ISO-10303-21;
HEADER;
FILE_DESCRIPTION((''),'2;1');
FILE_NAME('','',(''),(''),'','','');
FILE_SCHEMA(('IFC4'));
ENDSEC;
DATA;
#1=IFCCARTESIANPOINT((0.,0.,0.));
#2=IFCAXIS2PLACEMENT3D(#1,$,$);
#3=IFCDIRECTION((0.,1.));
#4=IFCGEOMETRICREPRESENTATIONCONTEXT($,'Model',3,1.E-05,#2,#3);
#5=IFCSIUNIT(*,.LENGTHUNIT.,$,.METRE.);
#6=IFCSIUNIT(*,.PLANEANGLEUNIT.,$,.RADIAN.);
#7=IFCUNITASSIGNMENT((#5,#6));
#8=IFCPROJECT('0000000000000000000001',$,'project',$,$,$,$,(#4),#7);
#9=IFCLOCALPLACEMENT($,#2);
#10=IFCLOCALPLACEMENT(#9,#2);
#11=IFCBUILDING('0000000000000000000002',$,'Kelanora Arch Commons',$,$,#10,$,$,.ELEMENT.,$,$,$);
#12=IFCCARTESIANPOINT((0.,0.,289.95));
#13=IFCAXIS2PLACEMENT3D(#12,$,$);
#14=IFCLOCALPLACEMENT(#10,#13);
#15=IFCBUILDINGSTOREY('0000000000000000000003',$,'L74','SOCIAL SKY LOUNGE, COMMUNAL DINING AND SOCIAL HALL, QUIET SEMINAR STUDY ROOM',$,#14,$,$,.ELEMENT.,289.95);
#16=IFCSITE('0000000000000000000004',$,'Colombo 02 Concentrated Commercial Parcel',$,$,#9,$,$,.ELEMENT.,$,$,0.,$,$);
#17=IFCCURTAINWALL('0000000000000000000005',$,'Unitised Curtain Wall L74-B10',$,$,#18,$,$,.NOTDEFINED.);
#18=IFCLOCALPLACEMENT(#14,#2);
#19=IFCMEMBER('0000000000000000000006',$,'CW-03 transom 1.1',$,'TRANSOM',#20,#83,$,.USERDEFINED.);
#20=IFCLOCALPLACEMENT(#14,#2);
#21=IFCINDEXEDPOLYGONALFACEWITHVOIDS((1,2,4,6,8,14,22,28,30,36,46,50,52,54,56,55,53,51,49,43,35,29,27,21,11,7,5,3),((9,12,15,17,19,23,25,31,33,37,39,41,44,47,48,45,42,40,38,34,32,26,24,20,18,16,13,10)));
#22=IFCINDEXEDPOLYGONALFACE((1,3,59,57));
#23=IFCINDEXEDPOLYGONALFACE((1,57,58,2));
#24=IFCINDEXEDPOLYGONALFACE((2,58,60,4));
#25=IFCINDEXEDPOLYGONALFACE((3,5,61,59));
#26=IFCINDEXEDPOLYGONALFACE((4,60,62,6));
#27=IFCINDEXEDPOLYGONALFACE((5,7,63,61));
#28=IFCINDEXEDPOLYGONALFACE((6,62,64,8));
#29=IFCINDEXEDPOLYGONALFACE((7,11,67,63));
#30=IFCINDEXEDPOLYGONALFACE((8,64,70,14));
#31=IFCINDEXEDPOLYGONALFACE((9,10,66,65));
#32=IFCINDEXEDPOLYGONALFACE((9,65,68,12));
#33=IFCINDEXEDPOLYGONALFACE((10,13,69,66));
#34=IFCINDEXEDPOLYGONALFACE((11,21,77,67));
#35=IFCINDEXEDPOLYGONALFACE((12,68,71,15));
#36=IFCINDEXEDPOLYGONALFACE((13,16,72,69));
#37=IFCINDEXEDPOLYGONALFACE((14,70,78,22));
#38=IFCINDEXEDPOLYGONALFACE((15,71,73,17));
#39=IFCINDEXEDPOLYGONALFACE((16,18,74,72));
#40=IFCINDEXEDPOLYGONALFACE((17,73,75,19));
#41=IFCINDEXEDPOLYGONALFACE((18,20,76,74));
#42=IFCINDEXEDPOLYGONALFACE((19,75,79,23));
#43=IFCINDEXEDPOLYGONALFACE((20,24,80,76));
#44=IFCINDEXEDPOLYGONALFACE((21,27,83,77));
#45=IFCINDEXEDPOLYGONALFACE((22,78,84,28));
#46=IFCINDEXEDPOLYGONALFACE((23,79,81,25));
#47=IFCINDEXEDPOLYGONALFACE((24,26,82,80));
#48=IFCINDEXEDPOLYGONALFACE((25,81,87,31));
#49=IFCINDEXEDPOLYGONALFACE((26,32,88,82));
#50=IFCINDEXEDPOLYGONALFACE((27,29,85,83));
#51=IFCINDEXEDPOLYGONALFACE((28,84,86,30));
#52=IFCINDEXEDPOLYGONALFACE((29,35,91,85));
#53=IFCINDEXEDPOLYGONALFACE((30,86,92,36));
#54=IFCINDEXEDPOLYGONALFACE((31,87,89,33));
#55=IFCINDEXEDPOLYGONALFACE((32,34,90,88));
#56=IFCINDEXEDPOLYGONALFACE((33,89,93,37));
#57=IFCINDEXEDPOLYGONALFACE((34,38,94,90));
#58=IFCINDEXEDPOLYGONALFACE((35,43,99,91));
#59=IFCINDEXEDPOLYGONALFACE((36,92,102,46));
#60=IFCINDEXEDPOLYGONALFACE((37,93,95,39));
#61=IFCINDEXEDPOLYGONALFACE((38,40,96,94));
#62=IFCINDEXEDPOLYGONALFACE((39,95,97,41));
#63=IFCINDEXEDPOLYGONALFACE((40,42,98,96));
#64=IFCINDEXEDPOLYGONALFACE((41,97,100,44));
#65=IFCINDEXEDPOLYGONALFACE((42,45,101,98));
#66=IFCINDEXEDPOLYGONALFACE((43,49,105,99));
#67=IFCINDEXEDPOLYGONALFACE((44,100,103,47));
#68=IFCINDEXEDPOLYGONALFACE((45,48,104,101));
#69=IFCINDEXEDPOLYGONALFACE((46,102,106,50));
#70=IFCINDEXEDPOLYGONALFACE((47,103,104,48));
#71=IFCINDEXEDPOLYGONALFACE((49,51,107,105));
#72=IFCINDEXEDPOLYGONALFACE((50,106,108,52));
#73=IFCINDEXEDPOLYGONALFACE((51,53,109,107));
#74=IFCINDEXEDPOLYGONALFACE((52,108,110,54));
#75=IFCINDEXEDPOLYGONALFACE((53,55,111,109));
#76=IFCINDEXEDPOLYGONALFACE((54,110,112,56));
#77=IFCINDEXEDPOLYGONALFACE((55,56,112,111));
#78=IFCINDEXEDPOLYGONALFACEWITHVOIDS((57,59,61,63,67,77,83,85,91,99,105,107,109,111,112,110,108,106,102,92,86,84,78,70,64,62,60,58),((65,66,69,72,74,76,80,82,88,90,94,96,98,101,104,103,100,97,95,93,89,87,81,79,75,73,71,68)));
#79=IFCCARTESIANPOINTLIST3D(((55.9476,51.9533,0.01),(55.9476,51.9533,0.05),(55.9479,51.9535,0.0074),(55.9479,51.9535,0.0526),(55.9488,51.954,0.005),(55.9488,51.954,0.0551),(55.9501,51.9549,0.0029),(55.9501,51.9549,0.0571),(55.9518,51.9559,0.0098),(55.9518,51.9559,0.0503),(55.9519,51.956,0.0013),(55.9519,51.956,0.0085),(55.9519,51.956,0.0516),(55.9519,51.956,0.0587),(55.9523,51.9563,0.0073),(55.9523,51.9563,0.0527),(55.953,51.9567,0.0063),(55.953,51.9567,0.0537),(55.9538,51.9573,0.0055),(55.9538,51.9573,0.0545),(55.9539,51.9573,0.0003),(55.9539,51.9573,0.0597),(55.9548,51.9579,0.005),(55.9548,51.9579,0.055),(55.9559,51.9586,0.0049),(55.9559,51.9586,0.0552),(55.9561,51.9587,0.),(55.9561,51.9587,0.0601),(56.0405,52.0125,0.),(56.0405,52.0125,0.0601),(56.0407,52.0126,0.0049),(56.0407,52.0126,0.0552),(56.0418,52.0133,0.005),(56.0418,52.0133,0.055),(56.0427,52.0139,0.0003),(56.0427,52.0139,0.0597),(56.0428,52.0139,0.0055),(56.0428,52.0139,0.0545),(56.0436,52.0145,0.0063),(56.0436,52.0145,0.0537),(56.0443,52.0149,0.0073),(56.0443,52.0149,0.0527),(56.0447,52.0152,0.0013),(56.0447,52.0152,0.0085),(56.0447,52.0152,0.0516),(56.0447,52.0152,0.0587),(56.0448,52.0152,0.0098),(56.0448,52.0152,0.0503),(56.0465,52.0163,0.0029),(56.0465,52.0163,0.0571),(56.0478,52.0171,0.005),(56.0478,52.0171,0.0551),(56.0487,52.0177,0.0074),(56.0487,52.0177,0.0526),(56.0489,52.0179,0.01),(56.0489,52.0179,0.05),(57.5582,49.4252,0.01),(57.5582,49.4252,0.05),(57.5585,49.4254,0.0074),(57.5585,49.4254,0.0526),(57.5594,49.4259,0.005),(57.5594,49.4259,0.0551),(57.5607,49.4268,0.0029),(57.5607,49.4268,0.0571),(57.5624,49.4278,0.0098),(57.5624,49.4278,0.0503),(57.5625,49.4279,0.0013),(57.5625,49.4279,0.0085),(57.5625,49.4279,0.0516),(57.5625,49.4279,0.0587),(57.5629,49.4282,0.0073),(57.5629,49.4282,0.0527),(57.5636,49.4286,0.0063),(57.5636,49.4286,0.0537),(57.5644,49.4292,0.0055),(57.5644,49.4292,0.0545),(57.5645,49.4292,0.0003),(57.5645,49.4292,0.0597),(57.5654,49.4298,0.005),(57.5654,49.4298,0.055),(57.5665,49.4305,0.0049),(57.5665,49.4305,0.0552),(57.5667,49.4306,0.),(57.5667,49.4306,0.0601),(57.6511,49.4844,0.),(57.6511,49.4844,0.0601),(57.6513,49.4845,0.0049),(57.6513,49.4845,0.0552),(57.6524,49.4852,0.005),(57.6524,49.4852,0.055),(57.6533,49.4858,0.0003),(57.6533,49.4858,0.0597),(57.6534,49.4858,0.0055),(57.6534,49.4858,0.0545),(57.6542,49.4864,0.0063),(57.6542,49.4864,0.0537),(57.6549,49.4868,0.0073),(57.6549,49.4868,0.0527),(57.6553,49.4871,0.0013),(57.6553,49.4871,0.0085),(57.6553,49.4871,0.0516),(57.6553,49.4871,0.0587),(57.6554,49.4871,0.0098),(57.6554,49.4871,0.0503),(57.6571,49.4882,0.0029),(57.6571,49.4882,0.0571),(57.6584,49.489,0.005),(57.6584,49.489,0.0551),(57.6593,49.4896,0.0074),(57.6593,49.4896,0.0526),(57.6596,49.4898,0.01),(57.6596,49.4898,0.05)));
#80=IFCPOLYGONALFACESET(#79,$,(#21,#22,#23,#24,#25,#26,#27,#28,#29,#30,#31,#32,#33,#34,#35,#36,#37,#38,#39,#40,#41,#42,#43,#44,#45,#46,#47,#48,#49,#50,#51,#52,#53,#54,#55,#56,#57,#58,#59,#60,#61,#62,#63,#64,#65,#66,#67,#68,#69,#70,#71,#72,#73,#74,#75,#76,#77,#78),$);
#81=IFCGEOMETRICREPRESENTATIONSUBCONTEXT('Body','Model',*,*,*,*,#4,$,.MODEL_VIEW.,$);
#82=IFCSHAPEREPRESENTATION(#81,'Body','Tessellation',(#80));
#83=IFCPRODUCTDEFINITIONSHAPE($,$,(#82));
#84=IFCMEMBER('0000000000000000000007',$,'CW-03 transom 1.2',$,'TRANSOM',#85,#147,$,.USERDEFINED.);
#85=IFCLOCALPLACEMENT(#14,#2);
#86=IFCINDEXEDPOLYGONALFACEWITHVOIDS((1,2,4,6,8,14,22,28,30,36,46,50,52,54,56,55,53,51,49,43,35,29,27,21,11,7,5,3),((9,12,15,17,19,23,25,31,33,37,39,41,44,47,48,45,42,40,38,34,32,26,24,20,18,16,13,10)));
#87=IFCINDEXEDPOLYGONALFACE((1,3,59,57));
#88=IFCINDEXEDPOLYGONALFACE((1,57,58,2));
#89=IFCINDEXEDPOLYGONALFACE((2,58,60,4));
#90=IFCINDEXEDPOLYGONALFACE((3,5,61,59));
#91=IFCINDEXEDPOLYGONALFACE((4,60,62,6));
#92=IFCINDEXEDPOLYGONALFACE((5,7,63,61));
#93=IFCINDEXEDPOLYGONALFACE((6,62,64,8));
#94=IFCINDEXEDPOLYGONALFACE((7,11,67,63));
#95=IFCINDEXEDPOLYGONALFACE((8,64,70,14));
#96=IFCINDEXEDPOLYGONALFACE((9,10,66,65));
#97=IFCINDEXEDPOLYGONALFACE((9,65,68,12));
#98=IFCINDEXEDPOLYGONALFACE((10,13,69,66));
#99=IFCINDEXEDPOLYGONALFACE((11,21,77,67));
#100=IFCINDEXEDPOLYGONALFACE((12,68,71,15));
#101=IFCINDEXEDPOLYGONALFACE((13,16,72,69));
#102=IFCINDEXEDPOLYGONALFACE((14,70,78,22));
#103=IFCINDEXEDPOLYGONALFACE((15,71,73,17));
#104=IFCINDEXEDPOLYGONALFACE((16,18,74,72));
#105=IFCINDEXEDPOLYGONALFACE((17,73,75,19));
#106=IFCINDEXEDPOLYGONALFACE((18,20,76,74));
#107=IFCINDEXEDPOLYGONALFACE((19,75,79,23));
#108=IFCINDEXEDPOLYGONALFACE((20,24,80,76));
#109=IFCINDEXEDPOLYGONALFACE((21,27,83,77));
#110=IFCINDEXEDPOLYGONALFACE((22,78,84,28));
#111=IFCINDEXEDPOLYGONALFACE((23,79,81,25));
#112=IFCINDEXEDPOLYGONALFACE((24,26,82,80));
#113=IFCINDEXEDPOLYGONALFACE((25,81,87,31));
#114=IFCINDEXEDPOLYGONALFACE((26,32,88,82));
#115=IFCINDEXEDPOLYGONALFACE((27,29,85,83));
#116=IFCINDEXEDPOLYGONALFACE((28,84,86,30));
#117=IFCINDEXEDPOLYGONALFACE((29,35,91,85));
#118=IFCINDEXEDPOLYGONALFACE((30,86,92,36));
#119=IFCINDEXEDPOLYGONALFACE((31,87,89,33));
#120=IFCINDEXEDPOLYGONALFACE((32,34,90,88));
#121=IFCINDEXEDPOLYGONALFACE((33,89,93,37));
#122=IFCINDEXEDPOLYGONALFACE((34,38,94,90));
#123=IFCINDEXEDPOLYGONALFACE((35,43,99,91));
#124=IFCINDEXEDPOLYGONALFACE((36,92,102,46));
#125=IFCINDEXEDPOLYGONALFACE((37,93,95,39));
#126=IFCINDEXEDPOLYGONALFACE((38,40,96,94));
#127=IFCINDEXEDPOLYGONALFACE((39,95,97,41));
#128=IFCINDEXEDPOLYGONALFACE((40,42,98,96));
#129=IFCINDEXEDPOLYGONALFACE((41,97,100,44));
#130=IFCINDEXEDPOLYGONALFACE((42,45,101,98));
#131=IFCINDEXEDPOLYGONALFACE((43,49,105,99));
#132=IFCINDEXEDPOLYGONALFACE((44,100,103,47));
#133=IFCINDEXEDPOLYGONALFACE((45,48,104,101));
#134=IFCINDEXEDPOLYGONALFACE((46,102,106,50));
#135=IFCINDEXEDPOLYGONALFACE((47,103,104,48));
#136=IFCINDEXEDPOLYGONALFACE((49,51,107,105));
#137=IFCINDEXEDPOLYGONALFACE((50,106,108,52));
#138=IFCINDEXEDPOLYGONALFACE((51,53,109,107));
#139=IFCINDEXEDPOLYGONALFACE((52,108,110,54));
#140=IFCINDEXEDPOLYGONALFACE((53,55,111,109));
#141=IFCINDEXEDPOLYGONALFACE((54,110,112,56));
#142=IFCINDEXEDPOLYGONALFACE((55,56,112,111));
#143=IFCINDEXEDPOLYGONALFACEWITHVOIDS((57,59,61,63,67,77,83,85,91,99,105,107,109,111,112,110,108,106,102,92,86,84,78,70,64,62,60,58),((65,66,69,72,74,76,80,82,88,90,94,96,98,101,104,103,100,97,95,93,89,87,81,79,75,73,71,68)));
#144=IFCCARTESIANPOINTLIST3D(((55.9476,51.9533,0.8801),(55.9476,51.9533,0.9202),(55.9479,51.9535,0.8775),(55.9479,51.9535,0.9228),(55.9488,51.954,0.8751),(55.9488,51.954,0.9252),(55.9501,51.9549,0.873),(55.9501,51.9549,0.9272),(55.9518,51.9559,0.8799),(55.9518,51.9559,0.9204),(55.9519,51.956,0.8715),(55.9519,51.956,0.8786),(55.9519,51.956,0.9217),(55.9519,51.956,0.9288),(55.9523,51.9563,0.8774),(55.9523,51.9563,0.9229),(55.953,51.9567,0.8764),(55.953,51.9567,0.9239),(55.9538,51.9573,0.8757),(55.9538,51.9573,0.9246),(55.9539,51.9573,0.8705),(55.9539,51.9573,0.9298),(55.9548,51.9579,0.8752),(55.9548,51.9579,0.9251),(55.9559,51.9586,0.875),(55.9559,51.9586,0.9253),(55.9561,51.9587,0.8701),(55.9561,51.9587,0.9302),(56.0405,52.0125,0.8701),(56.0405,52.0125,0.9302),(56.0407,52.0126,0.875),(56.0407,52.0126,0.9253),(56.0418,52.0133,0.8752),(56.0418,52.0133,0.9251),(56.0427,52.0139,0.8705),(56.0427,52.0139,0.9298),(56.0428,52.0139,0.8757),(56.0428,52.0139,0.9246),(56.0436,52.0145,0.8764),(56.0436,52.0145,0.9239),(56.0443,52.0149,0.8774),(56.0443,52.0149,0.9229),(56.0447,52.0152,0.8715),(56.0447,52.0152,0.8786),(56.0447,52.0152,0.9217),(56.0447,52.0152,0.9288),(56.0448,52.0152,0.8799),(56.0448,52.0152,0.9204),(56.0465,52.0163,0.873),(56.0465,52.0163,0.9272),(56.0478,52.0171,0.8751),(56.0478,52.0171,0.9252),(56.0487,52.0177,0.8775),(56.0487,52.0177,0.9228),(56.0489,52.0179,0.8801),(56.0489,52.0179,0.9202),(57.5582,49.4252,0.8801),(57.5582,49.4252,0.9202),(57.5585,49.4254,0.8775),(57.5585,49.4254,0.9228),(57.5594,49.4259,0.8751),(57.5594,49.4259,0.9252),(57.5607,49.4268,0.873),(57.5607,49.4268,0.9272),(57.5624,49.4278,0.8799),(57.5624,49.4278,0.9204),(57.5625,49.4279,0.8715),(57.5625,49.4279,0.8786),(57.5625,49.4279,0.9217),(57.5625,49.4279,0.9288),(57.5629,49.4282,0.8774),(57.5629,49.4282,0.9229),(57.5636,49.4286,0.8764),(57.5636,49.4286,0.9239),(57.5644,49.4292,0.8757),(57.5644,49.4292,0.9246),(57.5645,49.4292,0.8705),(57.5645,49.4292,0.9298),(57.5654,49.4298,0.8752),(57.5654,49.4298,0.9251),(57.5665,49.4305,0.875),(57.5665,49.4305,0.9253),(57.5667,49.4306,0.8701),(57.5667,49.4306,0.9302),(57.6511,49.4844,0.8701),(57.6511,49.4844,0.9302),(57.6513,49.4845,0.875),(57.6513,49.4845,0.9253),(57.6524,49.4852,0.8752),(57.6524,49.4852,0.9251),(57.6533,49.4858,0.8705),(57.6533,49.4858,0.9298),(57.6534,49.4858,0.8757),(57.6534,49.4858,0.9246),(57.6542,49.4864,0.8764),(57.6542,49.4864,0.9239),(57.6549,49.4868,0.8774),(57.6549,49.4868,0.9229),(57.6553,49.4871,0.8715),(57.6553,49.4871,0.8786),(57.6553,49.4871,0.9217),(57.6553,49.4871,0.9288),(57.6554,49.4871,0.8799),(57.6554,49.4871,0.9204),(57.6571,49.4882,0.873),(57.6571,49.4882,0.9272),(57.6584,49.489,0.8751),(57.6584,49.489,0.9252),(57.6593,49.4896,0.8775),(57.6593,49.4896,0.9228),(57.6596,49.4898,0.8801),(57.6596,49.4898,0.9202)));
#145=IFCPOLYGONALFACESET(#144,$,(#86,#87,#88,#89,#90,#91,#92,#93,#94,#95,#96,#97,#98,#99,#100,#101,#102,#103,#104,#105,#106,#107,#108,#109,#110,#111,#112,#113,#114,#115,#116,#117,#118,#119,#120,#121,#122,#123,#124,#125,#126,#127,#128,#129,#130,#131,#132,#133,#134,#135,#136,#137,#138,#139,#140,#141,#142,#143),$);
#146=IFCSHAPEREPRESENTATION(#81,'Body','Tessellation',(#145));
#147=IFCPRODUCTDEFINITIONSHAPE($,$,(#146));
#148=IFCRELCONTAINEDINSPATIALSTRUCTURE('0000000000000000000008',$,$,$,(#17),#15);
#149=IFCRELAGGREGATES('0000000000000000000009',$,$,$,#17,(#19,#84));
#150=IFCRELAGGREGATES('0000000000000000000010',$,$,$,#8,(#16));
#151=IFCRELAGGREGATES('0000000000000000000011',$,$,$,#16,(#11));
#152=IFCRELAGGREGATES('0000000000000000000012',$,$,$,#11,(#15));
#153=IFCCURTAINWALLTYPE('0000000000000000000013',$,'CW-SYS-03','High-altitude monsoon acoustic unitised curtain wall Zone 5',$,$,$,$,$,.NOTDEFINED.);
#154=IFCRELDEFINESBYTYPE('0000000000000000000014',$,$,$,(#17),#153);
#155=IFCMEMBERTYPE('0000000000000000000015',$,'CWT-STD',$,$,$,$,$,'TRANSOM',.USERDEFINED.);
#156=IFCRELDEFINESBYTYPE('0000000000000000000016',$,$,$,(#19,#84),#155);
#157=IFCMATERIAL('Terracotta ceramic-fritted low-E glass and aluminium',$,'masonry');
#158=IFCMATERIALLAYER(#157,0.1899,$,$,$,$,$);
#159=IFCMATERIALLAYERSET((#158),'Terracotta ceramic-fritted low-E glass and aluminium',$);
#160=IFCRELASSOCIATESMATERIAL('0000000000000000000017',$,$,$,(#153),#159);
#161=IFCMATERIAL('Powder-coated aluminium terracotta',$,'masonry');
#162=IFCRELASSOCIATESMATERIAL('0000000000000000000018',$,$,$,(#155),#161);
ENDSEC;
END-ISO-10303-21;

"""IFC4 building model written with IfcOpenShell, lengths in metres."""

from ifc_helpers import new_model, si_unit, direction, frame, origin, origin_2d, place, context, subcontext, project, spatial, hollow_rectangle, extrude, material, layer, layer_set, material_profile, profile_set, type_object, element, aggregate, save


model = new_model("IFC4")

# Units and contexts
model_context = context("Model", 3, precision=1e-05, world=origin(), true_north=direction((0.0, 1.0)))
body_context = subcontext(model_context, "Body", "Model", "MODEL_VIEW")
ifc_project = project(units=[si_unit("LENGTHUNIT", "METRE"), si_unit("PLANEANGLEUNIT", "RADIAN")], contexts=[model_context])

# Site, building, storey
site_placement = place(None, origin())
site = spatial("IfcSite", under=ifc_project, at=site_placement, Name="Colombo 02 Concentrated Commercial Parcel", CompositionType="ELEMENT", RefElevation=0.0)
building_placement = place(site_placement, origin())
building = spatial("IfcBuilding", under=site, at=building_placement, Name="Kelanora Arch Commons", CompositionType="ELEMENT")
storey_placement = place(building_placement, frame((0.0, 0.0, 289.95)))
storey = spatial("IfcBuildingStorey", under=building, at=storey_placement, Name="L74", Description="SOCIAL SKY LOUNGE, COMMUNAL DINING AND SOCIAL HALL, QUIET SEMINAR STUDY ROOM", CompositionType="ELEMENT", Elevation=289.95)

# Curtain wall, members
ifc_material_1 = material(Name="Terracotta ceramic-fritted low-E glass and aluminium", Category="masonry")
ifc_layer_1 = layer(ifc_material_1, 0.1899)
ifc_layer_set_1 = layer_set([ifc_layer_1], Name="Terracotta ceramic-fritted low-E glass and aluminium")
curtain_wall_type = type_object("IfcCurtainWallType", Name="CW-SYS-03", Description="High-altitude monsoon acoustic unitised curtain wall Zone 5", PredefinedType="NOTDEFINED", material=ifc_layer_set_1)
curtain_wall_placement = place(storey_placement, origin())
curtain_wall = element("IfcCurtainWall", 1, at=curtain_wall_placement, inside=storey, type_object=curtain_wall_type, Name="Unitised Curtain Wall L74-B10", PredefinedType="NOTDEFINED")
ifc_material_2 = material(Name="Powder-coated aluminium terracotta", Category="masonry")
ifc_material_profile_1 = material_profile(ifc_material_2, hollow_rectangle(XDim=0.1201, YDim=0.0601, WallThickness=0.0049, InnerFilletRadius=0.0049, OuterFilletRadius=0.01, at=origin_2d()), Name="CWT120x60")
ifc_profile_set_1 = profile_set([ifc_material_profile_1], Name="Powder-coated aluminium terracotta")
member_type_1 = type_object("IfcMemberType", Name="CWT-STD", ElementType="TRANSOM", PredefinedType="USERDEFINED", material=ifc_profile_set_1)
member_1_placement = place(storey_placement, frame((55.9983, 51.9856, 0.03), z_axis=(0.537308, -0.843386, 0.0), x_axis=(0.843386, 0.537308, 0.0)))
member_1 = element("IfcMember", 2, at=member_1_placement, type_object=member_type_1, Name="CW-03 transom 1.1", ObjectType="TRANSOM", PredefinedType="USERDEFINED", context=body_context, shape_type="SweptSolid", body=[
    extrude(hollow_rectangle(XDim=0.1201, YDim=0.0601, WallThickness=0.0049, InnerFilletRadius=0.0049, OuterFilletRadius=0.01, at=origin_2d()), origin(), (0.0, 0.0, 1.0), 2.9976),
])
member_2_placement = place(storey_placement, frame((55.9983, 51.9856, 0.9001), z_axis=(0.537308, -0.843386, 0.0), x_axis=(0.843386, 0.537308, 0.0)))
member_2 = element("IfcMember", 3, at=member_2_placement, type_object=member_type_1, Name="CW-03 transom 1.2", ObjectType="TRANSOM", PredefinedType="USERDEFINED", context=body_context, shape_type="SweptSolid", body=[
    extrude(hollow_rectangle(XDim=0.1201, YDim=0.0601, WallThickness=0.0049, InnerFilletRadius=0.0049, OuterFilletRadius=0.01, at=origin_2d()), origin(), (0.0, 0.0, 1.0), 2.9976),
])

aggregate(curtain_wall, [member_1, member_2])

save(model, "model.ifc")
